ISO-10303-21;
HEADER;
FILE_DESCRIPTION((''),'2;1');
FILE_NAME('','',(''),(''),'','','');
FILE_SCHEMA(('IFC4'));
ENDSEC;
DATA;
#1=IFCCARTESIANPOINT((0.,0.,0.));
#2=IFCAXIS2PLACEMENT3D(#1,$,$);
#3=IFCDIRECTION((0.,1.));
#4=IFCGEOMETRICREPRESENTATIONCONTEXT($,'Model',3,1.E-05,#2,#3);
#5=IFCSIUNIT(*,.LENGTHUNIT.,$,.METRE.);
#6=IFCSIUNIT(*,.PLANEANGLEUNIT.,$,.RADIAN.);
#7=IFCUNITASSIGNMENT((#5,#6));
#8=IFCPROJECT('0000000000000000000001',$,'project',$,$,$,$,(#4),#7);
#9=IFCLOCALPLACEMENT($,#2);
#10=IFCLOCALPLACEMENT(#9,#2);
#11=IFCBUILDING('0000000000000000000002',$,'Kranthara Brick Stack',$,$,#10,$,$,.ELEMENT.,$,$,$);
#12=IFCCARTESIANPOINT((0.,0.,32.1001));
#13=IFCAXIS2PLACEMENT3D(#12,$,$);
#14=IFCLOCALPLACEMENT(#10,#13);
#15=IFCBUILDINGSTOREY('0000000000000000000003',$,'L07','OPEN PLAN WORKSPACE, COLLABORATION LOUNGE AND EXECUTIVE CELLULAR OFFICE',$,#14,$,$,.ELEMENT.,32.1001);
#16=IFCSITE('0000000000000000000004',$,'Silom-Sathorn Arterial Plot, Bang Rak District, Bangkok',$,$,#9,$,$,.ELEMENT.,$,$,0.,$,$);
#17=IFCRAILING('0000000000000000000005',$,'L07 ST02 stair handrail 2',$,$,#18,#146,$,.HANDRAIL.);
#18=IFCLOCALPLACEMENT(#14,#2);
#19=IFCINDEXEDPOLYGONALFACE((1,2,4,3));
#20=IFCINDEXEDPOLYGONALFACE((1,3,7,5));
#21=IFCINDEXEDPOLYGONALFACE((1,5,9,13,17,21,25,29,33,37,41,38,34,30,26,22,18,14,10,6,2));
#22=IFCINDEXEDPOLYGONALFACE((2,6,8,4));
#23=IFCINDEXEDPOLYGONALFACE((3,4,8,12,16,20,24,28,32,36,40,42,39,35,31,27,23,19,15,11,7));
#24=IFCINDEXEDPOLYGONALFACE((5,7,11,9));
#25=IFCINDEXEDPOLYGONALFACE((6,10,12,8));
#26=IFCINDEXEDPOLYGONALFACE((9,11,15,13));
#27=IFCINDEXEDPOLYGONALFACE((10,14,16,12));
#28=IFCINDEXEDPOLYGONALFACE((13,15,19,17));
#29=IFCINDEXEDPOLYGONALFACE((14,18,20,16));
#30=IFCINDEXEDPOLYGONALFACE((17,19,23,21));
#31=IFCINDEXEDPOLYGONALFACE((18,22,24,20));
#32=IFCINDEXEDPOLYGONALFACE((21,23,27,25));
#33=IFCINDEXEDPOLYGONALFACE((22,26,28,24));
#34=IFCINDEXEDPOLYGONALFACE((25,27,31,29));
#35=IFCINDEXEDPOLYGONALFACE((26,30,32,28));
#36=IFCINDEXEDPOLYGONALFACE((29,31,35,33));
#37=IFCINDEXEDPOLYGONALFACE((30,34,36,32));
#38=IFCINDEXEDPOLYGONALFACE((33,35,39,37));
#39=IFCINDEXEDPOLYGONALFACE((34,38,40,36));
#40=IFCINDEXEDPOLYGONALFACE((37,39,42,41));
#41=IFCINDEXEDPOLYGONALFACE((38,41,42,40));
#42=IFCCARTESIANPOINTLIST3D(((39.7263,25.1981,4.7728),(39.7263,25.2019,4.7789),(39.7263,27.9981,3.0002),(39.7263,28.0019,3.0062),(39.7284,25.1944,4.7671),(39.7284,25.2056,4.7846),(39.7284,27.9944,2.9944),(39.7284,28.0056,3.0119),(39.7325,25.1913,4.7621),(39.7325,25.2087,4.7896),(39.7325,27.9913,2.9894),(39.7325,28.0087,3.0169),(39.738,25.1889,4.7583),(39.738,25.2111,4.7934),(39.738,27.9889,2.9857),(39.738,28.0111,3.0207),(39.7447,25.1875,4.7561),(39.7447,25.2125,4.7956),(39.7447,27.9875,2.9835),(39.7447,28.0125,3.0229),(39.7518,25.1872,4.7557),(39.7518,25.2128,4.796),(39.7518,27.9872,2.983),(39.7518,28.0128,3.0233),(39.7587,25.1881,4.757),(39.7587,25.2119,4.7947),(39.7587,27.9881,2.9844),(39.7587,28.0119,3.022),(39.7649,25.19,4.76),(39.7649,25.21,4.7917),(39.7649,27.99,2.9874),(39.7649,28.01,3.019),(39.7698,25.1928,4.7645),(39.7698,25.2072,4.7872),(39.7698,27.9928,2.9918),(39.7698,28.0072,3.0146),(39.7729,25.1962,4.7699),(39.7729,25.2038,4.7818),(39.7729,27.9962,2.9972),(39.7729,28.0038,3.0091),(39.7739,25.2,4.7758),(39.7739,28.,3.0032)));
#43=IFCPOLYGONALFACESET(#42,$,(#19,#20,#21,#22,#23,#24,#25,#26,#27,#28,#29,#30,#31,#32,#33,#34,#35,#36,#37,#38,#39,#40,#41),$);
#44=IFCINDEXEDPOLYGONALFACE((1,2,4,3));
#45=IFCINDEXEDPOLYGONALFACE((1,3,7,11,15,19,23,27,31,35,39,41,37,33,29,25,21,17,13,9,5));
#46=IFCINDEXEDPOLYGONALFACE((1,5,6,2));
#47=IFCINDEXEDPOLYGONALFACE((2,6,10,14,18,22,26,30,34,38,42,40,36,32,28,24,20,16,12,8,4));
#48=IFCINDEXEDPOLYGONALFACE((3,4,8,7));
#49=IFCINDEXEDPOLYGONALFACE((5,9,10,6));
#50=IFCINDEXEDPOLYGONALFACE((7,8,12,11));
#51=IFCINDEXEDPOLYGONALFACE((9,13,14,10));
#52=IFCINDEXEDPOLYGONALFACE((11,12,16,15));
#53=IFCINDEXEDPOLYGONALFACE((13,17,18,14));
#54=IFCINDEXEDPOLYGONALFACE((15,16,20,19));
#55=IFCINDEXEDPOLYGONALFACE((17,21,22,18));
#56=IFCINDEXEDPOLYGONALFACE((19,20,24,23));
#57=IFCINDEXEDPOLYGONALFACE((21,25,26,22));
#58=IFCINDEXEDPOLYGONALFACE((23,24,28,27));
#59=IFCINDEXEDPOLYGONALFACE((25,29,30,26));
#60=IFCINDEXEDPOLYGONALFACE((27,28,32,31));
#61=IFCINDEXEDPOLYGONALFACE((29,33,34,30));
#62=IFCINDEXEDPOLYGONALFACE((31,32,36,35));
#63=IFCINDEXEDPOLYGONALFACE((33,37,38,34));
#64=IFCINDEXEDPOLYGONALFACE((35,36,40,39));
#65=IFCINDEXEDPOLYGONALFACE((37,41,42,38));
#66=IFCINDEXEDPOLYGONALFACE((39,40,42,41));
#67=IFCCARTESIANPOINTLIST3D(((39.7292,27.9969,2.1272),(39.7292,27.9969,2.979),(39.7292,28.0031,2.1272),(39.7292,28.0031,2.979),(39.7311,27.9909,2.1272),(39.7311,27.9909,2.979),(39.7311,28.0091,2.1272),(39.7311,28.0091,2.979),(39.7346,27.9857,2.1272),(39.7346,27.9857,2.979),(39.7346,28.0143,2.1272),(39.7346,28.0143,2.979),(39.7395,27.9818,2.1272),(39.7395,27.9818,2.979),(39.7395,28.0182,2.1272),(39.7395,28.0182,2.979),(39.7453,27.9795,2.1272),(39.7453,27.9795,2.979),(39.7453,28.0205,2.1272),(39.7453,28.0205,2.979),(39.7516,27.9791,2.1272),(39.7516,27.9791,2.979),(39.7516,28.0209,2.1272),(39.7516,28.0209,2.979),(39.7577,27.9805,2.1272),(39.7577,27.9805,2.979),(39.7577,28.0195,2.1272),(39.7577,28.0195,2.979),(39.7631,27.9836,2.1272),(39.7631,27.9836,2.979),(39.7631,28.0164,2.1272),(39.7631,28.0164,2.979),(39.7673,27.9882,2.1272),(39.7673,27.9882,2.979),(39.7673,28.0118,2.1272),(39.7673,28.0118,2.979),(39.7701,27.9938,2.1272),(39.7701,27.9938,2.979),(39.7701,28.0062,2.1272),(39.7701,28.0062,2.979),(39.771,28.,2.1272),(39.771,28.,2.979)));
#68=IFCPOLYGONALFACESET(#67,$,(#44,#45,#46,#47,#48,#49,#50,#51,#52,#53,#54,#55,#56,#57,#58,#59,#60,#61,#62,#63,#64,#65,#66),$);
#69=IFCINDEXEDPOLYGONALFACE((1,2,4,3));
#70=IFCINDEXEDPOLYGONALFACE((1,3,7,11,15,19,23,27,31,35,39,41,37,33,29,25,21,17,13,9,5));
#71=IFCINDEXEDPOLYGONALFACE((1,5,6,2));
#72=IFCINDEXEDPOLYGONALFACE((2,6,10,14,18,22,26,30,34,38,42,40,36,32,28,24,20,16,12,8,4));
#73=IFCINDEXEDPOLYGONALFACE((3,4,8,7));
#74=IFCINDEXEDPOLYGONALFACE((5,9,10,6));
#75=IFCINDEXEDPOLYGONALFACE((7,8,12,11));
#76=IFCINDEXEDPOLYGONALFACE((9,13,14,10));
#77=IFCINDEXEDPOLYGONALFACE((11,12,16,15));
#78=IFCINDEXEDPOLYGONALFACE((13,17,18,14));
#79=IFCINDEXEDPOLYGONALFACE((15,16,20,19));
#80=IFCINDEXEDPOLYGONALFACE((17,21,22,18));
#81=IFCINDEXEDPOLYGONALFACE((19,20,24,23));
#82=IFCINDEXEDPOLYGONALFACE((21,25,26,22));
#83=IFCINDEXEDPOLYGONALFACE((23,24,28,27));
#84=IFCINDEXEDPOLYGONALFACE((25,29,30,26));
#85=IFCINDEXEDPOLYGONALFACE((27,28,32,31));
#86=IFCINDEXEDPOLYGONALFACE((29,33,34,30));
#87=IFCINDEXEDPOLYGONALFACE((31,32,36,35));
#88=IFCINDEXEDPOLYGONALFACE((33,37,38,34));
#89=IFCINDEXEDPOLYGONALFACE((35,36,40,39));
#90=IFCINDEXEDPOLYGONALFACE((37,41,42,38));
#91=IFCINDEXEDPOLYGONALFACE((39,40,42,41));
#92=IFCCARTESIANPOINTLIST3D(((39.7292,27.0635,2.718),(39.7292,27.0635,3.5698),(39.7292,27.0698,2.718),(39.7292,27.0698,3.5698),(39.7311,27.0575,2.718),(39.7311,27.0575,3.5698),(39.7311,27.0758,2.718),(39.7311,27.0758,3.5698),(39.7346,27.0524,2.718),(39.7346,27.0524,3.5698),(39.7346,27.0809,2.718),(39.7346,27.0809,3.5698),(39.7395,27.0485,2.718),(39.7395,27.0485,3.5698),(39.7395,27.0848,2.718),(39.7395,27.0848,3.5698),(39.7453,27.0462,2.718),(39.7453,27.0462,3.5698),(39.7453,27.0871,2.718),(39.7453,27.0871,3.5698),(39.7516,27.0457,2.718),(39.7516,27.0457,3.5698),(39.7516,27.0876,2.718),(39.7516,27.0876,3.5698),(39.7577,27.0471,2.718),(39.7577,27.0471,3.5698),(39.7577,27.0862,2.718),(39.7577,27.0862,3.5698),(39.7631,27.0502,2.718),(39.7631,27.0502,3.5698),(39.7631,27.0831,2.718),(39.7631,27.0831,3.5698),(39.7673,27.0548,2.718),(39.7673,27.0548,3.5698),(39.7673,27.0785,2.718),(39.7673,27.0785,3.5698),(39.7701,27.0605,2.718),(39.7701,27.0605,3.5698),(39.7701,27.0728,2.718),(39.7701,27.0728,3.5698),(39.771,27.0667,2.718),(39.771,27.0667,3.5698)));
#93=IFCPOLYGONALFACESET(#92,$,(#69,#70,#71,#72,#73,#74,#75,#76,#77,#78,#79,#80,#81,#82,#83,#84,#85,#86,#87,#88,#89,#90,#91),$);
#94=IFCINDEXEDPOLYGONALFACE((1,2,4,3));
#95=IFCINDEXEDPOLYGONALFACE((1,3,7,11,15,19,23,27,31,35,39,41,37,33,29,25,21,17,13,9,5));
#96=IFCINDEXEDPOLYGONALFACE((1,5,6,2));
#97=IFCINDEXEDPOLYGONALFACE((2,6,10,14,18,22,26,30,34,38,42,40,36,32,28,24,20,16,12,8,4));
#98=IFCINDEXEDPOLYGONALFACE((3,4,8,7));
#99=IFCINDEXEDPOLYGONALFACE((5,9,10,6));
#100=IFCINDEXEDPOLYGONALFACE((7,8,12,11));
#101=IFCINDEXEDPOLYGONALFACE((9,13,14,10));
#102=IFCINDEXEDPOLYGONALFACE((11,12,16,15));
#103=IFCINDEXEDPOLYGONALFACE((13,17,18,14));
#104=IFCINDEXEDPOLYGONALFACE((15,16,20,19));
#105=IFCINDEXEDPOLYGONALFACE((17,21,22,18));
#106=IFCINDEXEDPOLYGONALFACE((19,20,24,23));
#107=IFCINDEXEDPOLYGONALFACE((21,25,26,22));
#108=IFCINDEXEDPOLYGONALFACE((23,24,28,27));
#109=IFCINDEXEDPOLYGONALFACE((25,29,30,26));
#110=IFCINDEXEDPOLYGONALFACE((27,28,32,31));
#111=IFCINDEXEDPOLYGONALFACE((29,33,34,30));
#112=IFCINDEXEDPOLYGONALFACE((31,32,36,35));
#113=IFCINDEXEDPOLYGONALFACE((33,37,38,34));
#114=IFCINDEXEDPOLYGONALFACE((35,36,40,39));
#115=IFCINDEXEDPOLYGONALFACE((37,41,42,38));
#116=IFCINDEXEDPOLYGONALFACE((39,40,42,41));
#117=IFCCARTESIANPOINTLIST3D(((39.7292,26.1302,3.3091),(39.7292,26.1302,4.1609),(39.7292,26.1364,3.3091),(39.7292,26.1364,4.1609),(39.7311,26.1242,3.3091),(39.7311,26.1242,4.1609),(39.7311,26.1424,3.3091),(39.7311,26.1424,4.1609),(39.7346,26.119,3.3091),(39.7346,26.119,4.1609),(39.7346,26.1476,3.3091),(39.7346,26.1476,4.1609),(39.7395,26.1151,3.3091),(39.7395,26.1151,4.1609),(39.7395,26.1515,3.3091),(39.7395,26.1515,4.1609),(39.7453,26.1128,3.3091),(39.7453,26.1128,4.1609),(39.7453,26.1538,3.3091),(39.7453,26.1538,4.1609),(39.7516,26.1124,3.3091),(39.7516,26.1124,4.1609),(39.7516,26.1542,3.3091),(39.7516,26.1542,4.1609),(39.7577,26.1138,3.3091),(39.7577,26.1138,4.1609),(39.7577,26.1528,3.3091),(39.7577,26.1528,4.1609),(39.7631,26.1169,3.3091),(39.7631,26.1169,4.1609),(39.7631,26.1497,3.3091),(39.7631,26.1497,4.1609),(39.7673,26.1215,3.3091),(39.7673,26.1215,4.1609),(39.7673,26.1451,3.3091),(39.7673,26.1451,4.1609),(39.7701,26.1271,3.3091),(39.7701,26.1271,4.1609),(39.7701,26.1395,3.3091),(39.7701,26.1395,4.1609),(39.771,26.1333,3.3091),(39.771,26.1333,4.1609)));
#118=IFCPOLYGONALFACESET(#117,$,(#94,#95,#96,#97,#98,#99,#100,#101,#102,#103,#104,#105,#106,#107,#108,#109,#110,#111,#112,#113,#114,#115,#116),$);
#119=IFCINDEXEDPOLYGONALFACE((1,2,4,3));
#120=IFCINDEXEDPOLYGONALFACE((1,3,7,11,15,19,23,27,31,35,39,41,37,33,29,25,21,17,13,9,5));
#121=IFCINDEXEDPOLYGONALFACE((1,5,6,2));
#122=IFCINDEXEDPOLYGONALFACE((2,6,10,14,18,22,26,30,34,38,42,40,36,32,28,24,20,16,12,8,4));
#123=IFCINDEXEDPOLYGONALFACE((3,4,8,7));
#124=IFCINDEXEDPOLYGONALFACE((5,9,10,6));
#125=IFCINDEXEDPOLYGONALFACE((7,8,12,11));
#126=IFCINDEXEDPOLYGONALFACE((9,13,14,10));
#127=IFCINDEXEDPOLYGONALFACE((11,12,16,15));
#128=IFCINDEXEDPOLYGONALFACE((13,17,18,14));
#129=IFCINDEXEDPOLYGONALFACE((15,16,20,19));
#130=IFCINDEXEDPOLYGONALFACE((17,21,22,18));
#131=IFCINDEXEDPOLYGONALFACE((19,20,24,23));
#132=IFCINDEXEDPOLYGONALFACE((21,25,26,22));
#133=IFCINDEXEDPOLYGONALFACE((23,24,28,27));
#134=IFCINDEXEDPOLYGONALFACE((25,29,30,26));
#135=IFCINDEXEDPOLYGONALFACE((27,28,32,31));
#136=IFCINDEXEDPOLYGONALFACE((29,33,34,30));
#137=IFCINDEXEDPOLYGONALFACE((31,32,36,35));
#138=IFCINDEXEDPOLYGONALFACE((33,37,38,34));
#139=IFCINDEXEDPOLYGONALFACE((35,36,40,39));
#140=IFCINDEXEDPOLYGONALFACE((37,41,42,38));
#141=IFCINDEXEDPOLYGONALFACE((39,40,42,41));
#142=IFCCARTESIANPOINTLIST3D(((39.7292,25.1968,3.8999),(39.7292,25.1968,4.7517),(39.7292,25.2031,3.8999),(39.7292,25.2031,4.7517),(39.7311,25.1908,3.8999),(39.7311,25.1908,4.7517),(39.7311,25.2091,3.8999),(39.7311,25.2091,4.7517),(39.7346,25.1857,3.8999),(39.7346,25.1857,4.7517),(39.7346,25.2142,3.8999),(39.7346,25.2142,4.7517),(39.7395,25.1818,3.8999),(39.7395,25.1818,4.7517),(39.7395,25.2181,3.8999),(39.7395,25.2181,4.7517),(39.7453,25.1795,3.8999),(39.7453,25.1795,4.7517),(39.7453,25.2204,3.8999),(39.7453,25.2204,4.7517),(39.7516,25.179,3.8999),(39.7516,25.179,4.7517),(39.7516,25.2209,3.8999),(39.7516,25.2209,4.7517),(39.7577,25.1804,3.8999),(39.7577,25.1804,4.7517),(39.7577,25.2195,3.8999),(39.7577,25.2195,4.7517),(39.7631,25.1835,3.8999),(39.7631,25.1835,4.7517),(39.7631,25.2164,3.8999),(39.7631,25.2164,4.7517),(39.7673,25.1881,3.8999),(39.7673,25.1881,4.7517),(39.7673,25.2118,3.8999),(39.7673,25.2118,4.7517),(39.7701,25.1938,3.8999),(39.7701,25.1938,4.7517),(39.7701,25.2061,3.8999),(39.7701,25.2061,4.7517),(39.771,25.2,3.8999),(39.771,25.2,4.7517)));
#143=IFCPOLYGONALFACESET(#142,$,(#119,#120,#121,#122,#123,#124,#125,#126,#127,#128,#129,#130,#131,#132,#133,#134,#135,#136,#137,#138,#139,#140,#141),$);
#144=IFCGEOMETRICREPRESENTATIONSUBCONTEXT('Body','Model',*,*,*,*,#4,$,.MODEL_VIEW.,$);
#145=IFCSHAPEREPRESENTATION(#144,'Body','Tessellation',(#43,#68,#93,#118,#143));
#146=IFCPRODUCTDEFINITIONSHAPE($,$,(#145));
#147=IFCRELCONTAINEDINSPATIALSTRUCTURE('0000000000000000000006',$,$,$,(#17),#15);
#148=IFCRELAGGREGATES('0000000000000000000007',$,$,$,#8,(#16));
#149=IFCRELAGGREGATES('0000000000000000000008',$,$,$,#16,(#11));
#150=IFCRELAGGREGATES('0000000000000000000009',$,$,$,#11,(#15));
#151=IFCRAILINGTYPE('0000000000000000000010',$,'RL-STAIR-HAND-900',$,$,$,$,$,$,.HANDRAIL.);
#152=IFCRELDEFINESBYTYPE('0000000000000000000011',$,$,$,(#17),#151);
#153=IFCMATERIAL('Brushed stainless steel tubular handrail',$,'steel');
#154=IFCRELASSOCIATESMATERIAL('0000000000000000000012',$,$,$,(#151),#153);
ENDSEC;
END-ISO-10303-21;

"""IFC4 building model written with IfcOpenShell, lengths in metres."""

from ifc_helpers import new_model, si_unit, direction, frame, origin, origin_2d, place, context, subcontext, project, spatial, circle, extrude, material, type_object, element, save


model = new_model("IFC4")

# Units and contexts
model_context = context("Model", 3, precision=1e-05, world=origin(), true_north=direction((0.0, 1.0)))
body_context = subcontext(model_context, "Body", "Model", "MODEL_VIEW")
ifc_project = project(units=[si_unit("LENGTHUNIT", "METRE"), si_unit("PLANEANGLEUNIT", "RADIAN")], contexts=[model_context])

# Site, building, storey
site_placement = place(None, origin())
site = spatial("IfcSite", under=ifc_project, at=site_placement, Name="Silom-Sathorn Arterial Plot, Bang Rak District, Bangkok", CompositionType="ELEMENT", RefElevation=0.0)
building_placement = place(site_placement, origin())
building = spatial("IfcBuilding", under=site, at=building_placement, Name="Kranthara Brick Stack", CompositionType="ELEMENT")
storey_placement = place(building_placement, frame((0.0, 0.0, 32.1001)))
storey = spatial("IfcBuildingStorey", under=building, at=storey_placement, Name="L07", Description="OPEN PLAN WORKSPACE, COLLABORATION LOUNGE AND EXECUTIVE CELLULAR OFFICE", CompositionType="ELEMENT", Elevation=32.1001)

# Railing
ifc_material_1 = material(Name="Brushed stainless steel tubular handrail", Category="steel")
railing_type_1 = type_object("IfcRailingType", Name="RL-STAIR-HAND-900", PredefinedType="HANDRAIL", material=ifc_material_1)
railing_1_placement = place(storey_placement, frame((39.75, 28.0, 2.1272)))
element("IfcRailing", 1, at=railing_1_placement, inside=storey, type_object=railing_type_1, Name="L07 ST02 stair handrail 2", PredefinedType="HANDRAIL", context=body_context, shape_type="SweptSolid", body=[
    extrude(circle(Radius=0.0239, at=origin_2d()), frame((0.0, 0.0, 0.876), z_axis=(0.0, -0.844909, 0.53491), x_axis=(1.0, 0.0, 0.0)), (0.0, 0.0, 1.0), 3.314),
    extrude(circle(Radius=0.021, at=origin_2d()), origin(), (0.0, 0.0, 1.0), 0.8518),
    extrude(circle(Radius=0.021, at=origin_2d()), frame((0.0, -0.9333, 0.5908)), (0.0, 0.0, 1.0), 0.8518),
    extrude(circle(Radius=0.021, at=origin_2d()), frame((0.0, -1.8667, 1.1819)), (0.0, 0.0, 1.0), 0.8518),
    extrude(circle(Radius=0.021, at=origin_2d()), frame((0.0, -2.8, 1.7727)), (0.0, 0.0, 1.0), 0.8518),
])

save(model, "model.ifc")
